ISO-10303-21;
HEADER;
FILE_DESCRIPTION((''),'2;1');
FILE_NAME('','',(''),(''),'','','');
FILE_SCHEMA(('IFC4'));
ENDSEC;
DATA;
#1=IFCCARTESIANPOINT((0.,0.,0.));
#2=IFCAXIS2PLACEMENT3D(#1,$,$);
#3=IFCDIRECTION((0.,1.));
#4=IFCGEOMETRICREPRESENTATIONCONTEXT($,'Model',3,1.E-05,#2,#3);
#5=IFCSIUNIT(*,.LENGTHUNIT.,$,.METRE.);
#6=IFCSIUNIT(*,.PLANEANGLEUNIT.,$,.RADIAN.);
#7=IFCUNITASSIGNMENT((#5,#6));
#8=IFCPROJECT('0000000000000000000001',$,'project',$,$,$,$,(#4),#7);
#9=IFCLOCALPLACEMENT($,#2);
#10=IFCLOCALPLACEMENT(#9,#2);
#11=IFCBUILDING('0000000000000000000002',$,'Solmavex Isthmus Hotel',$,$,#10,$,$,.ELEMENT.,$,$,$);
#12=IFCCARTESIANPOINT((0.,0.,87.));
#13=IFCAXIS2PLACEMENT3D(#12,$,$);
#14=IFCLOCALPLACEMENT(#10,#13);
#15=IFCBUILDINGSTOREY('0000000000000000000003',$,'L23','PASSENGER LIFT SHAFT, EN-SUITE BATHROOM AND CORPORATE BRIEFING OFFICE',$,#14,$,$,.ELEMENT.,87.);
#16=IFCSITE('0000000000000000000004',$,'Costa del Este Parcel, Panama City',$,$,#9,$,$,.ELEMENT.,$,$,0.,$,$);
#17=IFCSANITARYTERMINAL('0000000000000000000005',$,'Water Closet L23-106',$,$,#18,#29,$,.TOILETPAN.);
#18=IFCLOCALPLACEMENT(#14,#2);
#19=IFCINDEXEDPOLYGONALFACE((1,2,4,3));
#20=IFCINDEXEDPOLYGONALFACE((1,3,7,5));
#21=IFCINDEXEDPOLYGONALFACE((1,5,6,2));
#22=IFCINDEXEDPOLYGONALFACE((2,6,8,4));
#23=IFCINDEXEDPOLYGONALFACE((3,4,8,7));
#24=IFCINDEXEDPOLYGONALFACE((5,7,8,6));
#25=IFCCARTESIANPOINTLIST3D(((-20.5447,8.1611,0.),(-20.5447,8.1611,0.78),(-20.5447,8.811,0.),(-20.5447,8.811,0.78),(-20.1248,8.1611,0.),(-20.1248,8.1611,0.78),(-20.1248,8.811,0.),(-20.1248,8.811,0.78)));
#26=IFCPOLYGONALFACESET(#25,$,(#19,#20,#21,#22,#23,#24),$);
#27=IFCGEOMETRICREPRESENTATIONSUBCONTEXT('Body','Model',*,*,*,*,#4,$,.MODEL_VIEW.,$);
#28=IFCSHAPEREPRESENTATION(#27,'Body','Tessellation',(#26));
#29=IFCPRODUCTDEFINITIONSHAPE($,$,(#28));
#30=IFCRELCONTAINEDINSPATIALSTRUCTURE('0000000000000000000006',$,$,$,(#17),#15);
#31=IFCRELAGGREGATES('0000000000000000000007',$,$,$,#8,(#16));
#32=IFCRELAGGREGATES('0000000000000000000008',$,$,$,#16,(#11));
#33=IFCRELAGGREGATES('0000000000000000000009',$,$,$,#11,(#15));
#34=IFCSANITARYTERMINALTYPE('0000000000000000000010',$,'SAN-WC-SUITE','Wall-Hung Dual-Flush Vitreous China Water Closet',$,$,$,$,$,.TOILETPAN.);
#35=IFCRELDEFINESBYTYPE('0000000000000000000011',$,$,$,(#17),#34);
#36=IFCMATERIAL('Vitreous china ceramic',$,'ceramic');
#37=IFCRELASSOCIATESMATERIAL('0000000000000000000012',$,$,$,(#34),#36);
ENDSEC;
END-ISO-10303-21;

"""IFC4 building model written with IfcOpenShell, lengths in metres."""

from ifc_helpers import new_model, si_unit, direction, frame, origin, origin_2d, place, context, subcontext, project, spatial, rectangle, extrude, material, type_object, element, save


model = new_model("IFC4")

# Units and contexts
model_context = context("Model", 3, precision=1e-05, world=origin(), true_north=direction((0.0, 1.0)))
body_context = subcontext(model_context, "Body", "Model", "MODEL_VIEW")
ifc_project = project(units=[si_unit("LENGTHUNIT", "METRE"), si_unit("PLANEANGLEUNIT", "RADIAN")], contexts=[model_context])

# Site, building, storey
site_placement = place(None, origin())
site = spatial("IfcSite", under=ifc_project, at=site_placement, Name="Costa del Este Parcel, Panama City", CompositionType="ELEMENT", RefElevation=0.0)
building_placement = place(site_placement, origin())
building = spatial("IfcBuilding", under=site, at=building_placement, Name="Solmavex Isthmus Hotel", CompositionType="ELEMENT")
storey_placement = place(building_placement, frame((0.0, 0.0, 87.0)))
storey = spatial("IfcBuildingStorey", under=building, at=storey_placement, Name="L23", Description="PASSENGER LIFT SHAFT, EN-SUITE BATHROOM AND CORPORATE BRIEFING OFFICE", CompositionType="ELEMENT", Elevation=87.0)

# Sanitary terminal
ifc_material_1 = material(Name="Vitreous china ceramic", Category="ceramic")
sanitary_terminal_type_1 = type_object("IfcSanitaryTerminalType", Name="SAN-WC-SUITE", Description="Wall-Hung Dual-Flush Vitreous China Water Closet", PredefinedType="TOILETPAN", material=ifc_material_1)
sanitary_terminal_1_placement = place(storey_placement, frame((-20.3347, 8.4861, 0.0), z_axis=(0.0, 0.0, 1.0), x_axis=(1.0, 0.0, 0.0)))
element("IfcSanitaryTerminal", 1, at=sanitary_terminal_1_placement, inside=storey, type_object=sanitary_terminal_type_1, Name="Water Closet L23-106", PredefinedType="TOILETPAN", context=body_context, shape_type="SweptSolid", body=[
    extrude(rectangle(XDim=0.4199, YDim=0.6499, at=origin_2d()), origin(), (0.0, 0.0, 1.0), 0.78),
])

save(model, "model.ifc")
